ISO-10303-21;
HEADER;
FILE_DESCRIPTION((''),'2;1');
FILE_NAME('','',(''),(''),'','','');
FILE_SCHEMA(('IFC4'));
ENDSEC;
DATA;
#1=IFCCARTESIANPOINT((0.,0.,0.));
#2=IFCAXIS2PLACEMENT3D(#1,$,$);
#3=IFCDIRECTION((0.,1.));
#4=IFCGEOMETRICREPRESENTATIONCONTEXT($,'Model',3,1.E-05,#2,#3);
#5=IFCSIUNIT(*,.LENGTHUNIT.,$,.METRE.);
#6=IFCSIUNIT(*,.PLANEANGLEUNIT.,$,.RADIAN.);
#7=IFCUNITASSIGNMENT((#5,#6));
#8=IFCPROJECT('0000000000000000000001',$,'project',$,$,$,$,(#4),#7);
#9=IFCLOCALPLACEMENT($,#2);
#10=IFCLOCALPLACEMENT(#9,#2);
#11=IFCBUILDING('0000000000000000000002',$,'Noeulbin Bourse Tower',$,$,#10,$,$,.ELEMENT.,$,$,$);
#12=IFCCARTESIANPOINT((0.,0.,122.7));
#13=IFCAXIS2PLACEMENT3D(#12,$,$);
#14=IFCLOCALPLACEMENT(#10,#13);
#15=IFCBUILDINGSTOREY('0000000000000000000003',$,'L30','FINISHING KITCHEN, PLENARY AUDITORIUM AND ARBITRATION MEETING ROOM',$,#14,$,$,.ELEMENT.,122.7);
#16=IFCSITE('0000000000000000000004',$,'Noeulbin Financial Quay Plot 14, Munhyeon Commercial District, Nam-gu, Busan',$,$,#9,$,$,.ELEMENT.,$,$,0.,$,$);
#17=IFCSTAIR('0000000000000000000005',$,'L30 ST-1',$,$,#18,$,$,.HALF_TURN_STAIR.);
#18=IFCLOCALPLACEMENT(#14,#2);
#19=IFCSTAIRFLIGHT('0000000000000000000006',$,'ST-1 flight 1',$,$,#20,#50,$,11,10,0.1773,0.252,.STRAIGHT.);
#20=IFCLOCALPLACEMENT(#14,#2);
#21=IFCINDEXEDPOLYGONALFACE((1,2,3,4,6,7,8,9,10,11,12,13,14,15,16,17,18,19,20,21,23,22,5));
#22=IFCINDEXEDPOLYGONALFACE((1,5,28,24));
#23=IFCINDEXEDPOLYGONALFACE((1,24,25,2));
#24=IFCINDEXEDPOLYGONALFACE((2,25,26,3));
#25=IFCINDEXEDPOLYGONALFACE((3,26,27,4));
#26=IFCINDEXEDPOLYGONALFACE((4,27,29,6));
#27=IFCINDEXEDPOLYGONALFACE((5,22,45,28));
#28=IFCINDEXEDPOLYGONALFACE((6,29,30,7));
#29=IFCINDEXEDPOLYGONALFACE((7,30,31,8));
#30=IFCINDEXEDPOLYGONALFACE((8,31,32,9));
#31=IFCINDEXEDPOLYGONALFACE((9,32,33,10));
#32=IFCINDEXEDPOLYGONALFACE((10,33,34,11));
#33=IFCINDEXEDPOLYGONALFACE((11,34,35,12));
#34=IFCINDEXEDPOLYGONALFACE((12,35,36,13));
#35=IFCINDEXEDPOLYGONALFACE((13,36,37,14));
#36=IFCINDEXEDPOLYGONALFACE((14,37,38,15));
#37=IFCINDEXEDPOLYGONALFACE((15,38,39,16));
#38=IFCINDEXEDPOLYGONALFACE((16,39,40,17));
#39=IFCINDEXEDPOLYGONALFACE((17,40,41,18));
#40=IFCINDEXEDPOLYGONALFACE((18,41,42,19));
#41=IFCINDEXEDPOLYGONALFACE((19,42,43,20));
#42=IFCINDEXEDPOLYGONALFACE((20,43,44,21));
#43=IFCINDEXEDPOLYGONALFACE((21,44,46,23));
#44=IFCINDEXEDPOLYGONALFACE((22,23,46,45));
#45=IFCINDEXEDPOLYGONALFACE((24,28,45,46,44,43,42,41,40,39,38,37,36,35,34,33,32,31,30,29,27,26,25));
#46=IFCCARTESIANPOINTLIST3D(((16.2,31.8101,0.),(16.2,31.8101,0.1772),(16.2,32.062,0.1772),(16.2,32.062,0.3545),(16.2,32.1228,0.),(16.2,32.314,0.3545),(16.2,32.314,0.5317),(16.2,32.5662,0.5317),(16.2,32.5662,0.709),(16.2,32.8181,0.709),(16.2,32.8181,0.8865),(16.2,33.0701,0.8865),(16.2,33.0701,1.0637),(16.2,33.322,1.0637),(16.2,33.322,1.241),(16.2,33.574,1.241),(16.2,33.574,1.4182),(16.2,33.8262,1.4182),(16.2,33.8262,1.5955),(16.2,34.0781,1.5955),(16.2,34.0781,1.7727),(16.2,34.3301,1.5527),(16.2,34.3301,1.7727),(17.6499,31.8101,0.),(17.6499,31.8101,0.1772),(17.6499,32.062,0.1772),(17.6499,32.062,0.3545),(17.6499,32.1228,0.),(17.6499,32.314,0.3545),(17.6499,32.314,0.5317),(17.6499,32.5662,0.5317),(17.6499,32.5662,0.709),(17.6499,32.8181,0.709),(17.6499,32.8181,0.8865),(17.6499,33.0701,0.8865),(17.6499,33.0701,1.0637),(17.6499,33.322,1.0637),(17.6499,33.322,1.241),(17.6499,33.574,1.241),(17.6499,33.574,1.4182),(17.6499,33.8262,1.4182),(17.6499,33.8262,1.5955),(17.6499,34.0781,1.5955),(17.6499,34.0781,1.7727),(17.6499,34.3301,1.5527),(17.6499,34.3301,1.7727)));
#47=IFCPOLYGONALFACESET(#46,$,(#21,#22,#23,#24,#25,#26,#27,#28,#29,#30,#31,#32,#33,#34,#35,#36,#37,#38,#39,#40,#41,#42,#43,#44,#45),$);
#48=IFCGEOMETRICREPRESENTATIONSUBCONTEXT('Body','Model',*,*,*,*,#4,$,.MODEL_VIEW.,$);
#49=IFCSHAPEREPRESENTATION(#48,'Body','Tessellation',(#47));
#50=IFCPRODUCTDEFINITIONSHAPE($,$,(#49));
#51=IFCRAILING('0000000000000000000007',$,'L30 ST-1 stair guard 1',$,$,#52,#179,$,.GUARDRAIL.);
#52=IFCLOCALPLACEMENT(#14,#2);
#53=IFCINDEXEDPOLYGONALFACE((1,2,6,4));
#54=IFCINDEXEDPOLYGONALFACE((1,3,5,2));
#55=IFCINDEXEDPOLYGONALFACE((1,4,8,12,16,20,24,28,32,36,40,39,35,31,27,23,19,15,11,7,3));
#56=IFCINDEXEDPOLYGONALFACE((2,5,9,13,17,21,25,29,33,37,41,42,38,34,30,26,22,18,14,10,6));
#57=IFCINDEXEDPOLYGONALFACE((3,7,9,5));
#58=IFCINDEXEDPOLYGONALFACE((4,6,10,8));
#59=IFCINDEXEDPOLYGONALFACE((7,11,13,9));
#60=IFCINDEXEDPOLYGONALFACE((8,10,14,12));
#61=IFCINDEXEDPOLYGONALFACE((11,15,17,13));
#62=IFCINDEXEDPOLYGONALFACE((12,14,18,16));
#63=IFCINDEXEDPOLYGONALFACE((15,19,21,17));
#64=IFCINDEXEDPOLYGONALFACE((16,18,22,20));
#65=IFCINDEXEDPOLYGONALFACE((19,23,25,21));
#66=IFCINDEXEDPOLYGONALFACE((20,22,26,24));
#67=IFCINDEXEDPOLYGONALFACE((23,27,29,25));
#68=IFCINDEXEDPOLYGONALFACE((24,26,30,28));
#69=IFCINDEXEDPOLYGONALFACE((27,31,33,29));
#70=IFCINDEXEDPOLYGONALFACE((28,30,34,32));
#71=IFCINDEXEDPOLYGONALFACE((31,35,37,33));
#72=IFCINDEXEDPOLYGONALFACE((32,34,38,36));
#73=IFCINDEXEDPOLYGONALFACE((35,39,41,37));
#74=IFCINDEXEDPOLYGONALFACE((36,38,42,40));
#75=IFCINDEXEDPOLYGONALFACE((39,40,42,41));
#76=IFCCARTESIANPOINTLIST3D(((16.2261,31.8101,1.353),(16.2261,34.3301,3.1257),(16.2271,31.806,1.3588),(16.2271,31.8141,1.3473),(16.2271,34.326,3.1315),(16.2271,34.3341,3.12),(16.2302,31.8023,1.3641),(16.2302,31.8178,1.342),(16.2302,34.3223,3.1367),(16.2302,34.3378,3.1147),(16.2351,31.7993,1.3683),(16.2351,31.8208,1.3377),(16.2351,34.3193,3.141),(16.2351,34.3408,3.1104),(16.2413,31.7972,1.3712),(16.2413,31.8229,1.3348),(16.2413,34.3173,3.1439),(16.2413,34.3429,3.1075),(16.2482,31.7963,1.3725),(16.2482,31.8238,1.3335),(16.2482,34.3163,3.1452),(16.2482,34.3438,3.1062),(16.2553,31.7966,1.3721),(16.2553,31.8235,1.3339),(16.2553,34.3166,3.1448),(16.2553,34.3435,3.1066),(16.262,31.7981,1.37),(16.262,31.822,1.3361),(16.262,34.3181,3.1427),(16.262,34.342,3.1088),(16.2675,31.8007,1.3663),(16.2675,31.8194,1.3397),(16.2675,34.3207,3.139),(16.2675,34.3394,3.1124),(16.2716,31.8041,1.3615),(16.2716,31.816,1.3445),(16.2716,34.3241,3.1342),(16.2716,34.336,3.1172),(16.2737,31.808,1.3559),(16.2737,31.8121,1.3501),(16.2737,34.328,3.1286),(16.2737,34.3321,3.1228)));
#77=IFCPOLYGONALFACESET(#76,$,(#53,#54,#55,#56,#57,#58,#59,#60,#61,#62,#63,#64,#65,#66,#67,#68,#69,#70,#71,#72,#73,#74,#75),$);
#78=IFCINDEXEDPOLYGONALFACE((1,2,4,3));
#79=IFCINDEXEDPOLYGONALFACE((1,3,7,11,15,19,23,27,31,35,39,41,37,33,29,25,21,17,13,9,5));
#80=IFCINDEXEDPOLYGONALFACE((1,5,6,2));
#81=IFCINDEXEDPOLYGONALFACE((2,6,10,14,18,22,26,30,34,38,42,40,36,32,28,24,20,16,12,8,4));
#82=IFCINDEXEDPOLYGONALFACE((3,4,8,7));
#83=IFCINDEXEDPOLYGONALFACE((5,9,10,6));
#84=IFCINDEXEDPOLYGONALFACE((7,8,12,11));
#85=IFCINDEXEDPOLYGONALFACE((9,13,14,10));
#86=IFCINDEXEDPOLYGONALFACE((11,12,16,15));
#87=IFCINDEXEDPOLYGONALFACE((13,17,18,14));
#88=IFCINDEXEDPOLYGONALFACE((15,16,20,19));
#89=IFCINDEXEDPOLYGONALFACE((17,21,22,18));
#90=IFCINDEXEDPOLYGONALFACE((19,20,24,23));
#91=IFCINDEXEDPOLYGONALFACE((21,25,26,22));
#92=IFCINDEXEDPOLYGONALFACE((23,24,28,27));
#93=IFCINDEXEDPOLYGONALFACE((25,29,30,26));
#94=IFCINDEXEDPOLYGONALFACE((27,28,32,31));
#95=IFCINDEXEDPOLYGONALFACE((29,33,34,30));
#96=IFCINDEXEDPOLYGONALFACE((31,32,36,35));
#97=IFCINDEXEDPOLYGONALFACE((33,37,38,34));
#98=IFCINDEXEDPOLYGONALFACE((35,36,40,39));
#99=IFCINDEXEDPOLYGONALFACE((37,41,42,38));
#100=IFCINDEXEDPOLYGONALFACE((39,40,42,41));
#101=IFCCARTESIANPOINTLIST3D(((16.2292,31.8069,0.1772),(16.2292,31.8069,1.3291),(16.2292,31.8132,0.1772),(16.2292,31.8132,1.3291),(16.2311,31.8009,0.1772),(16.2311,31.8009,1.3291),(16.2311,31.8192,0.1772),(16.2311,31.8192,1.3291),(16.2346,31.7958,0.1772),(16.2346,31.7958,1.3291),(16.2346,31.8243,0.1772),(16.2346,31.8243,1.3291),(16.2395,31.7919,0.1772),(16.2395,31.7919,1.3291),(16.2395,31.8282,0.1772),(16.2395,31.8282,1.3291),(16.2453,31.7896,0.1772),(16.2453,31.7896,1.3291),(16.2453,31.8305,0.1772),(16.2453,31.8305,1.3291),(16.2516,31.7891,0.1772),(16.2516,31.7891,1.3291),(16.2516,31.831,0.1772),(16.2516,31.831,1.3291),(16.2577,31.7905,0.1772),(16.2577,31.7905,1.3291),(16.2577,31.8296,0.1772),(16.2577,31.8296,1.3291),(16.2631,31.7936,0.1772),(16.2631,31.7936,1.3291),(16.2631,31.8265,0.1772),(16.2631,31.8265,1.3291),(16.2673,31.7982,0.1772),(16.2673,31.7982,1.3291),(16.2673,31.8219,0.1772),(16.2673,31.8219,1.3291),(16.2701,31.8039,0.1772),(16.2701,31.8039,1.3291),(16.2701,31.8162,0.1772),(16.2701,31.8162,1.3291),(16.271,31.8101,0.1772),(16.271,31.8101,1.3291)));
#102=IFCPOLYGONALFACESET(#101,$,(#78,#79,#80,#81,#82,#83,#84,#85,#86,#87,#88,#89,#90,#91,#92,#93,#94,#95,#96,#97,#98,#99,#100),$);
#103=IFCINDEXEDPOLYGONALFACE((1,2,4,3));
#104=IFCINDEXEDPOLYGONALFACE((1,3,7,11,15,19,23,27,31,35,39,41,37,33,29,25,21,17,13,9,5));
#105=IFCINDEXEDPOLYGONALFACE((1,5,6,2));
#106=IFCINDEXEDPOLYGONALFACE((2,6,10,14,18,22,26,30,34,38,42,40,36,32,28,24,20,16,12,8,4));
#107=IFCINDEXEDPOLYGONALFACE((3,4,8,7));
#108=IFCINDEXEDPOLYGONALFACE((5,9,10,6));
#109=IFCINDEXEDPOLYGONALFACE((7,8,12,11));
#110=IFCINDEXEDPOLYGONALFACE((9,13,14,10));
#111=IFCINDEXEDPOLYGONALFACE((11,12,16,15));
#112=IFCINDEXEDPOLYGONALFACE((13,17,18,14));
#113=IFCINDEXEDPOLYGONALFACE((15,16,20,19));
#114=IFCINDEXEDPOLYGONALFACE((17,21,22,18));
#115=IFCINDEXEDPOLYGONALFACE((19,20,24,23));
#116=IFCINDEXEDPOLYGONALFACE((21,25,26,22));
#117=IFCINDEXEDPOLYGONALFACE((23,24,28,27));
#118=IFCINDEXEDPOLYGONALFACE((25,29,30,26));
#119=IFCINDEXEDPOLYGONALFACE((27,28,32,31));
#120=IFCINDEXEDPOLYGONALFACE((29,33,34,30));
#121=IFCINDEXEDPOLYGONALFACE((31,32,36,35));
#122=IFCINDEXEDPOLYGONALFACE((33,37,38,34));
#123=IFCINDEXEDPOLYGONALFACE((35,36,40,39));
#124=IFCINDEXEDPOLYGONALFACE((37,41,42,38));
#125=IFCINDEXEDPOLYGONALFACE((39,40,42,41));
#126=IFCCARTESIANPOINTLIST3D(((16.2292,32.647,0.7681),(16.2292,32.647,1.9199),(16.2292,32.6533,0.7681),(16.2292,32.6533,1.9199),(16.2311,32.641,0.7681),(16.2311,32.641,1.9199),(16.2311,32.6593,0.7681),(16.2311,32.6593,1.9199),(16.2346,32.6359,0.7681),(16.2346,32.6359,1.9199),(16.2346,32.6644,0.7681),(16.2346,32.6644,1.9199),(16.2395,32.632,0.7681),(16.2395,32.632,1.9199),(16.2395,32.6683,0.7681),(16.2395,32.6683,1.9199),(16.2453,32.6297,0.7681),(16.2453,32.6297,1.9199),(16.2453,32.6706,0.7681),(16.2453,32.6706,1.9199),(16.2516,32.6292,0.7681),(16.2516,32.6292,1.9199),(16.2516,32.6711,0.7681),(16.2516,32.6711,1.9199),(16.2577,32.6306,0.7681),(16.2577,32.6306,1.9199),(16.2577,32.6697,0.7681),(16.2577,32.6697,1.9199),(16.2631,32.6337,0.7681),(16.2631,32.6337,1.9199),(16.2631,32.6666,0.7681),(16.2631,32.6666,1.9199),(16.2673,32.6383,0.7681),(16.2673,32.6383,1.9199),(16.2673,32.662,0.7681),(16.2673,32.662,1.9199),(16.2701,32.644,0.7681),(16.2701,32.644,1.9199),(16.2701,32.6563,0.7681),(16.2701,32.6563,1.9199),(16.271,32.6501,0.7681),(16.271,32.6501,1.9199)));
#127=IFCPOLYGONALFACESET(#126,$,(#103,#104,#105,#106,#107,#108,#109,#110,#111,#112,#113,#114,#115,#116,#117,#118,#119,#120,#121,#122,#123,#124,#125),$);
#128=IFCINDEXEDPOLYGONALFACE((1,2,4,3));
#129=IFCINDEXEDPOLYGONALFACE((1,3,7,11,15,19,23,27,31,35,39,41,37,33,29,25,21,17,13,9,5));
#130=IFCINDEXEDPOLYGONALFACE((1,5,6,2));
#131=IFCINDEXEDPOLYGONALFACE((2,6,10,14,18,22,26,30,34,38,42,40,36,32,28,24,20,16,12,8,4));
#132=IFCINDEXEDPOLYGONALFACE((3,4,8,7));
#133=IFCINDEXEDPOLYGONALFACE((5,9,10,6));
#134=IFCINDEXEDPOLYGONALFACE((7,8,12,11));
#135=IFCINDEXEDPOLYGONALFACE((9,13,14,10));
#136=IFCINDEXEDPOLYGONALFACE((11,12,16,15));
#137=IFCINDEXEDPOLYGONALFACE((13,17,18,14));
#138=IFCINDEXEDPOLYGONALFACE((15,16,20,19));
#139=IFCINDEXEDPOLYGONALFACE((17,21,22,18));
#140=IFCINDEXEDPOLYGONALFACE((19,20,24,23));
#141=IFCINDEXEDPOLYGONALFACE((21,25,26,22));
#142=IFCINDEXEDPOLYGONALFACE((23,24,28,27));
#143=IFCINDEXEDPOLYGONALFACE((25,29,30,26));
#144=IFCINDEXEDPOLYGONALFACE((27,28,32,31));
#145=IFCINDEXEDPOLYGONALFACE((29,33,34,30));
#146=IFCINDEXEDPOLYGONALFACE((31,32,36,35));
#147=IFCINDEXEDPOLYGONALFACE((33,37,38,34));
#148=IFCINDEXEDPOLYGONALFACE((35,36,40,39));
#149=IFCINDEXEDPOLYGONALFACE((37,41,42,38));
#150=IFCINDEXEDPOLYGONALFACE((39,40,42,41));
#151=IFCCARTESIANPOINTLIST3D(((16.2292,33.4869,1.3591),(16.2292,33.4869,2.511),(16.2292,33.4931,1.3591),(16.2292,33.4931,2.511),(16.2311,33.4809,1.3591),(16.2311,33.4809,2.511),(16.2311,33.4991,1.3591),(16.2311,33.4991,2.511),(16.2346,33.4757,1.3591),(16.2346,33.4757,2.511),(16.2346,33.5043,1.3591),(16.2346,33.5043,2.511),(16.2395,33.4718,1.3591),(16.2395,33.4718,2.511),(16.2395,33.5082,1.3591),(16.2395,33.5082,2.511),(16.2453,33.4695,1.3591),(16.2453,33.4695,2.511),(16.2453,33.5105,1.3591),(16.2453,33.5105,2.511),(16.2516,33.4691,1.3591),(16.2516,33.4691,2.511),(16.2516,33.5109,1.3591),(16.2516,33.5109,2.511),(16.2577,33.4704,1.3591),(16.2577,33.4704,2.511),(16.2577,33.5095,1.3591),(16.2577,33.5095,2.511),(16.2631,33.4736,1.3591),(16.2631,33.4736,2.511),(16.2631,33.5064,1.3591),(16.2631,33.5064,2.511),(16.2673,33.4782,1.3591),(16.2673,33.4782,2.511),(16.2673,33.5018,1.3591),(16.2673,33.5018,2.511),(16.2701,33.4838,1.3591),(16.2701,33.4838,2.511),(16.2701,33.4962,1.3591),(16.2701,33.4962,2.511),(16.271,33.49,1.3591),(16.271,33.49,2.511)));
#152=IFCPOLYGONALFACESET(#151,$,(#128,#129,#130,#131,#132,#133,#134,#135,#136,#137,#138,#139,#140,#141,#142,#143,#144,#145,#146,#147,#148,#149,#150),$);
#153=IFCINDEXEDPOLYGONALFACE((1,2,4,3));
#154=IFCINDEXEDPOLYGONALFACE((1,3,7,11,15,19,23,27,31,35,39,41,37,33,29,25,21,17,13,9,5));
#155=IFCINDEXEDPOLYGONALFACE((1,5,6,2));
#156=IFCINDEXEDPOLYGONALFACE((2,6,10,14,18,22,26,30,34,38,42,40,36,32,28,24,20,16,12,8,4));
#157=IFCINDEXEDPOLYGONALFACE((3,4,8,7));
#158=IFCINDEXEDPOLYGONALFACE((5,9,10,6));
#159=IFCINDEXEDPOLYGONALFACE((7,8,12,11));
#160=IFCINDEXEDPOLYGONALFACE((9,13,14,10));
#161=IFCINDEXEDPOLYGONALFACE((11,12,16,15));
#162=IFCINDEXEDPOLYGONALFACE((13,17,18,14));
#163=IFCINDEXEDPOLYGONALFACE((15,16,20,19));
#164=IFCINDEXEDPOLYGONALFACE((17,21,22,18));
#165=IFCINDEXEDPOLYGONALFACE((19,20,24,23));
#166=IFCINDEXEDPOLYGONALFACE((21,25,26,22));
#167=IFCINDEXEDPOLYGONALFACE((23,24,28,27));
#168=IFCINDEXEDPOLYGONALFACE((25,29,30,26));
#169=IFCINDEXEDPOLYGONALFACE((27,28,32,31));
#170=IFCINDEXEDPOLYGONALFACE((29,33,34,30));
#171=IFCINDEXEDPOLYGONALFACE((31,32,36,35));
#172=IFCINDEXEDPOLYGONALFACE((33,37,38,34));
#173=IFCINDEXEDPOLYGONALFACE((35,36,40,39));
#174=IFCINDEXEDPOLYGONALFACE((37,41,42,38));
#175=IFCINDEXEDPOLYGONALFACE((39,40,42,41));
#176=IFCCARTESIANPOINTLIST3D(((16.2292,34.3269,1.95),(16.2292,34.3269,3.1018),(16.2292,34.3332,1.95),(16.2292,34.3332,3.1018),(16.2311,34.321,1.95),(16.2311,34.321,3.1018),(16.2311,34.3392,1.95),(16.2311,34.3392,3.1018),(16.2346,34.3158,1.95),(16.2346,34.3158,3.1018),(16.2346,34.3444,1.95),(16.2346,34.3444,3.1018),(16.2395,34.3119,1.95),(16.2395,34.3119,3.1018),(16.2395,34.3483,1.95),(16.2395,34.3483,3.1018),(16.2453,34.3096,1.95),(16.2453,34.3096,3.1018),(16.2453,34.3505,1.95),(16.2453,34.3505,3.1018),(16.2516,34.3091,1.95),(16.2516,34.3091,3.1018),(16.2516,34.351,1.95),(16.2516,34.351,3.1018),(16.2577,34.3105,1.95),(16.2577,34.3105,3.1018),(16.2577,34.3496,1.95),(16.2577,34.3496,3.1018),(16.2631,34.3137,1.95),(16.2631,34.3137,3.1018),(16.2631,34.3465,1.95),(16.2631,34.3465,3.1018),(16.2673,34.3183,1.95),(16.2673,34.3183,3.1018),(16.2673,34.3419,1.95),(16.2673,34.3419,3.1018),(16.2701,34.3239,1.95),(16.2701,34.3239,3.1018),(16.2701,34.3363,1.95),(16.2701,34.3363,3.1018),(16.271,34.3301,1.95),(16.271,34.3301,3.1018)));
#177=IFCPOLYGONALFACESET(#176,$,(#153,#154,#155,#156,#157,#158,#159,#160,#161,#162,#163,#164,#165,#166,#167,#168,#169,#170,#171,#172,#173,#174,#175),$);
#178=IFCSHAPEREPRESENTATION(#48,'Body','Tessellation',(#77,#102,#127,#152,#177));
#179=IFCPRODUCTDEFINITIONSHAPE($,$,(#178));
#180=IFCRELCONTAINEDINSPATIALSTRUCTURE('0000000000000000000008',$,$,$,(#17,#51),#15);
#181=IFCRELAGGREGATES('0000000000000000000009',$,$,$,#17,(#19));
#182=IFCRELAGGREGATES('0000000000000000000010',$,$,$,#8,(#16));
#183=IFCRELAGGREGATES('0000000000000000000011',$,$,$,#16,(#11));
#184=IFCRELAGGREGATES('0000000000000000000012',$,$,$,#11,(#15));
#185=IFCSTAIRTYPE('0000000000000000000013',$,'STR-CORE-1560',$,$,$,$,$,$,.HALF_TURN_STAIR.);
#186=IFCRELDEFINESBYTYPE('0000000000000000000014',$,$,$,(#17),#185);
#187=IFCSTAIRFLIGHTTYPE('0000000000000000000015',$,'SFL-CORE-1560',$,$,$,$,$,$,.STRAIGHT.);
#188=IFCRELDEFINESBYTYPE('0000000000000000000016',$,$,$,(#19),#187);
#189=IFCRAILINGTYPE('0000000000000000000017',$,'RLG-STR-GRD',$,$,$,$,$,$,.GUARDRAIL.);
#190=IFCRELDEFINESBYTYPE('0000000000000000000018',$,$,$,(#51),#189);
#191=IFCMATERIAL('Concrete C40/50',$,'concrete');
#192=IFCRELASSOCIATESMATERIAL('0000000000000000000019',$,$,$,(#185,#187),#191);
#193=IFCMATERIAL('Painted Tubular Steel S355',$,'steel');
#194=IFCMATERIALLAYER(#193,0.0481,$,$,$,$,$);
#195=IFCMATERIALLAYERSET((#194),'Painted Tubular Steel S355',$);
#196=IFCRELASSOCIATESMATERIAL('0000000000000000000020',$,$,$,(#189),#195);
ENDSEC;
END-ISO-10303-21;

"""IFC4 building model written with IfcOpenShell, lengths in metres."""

from ifc_helpers import new_model, si_unit, direction, frame, origin, origin_2d, place, context, subcontext, project, spatial, polyline, circle, outline, extrude, material, layer, layer_set, type_object, element, aggregate, save


model = new_model("IFC4")

# Units and contexts
model_context = context("Model", 3, precision=1e-05, world=origin(), true_north=direction((0.0, 1.0)))
body_context = subcontext(model_context, "Body", "Model", "MODEL_VIEW")
ifc_project = project(units=[si_unit("LENGTHUNIT", "METRE"), si_unit("PLANEANGLEUNIT", "RADIAN")], contexts=[model_context])

# Site, building, storey
site_placement = place(None, origin())
site = spatial("IfcSite", under=ifc_project, at=site_placement, Name="Noeulbin Financial Quay Plot 14, Munhyeon Commercial District, Nam-gu, Busan", CompositionType="ELEMENT", RefElevation=0.0)
building_placement = place(site_placement, origin())
building = spatial("IfcBuilding", under=site, at=building_placement, Name="Noeulbin Bourse Tower", CompositionType="ELEMENT")
storey_placement = place(building_placement, frame((0.0, 0.0, 122.7)))
storey = spatial("IfcBuildingStorey", under=building, at=storey_placement, Name="L30", Description="FINISHING KITCHEN, PLENARY AUDITORIUM AND ARBITRATION MEETING ROOM", CompositionType="ELEMENT", Elevation=122.7)

# Shared definitions
ifc_material_1 = material(Name="Concrete C40/50", Category="concrete")

# Stair, stair flight
stair_type = type_object("IfcStairType", Name="STR-CORE-1560", PredefinedType="HALF_TURN_STAIR", material=ifc_material_1)
stair_placement = place(storey_placement, origin())
stair = element("IfcStair", 1, at=stair_placement, inside=storey, type_object=stair_type, Name="L30 ST-1", PredefinedType="HALF_TURN_STAIR")
stair_flight_type = type_object("IfcStairFlightType", Name="SFL-CORE-1560", PredefinedType="STRAIGHT", material=ifc_material_1)
stair_flight_placement = place(storey_placement, frame((16.925, 31.8101, 0.0), z_axis=(0.0, 0.0, 1.0), x_axis=(0.0, 1.0, 0.0)))
stair_flight = element("IfcStairFlight", 2, at=stair_flight_placement, type_object=stair_flight_type, Name="ST-1 flight 1", NumberOfRisers=11, NumberOfTreads=10, PredefinedType="STRAIGHT", RiserHeight=0.1773, TreadLength=0.252, context=body_context, shape_type="SweptSolid", body=[
    extrude(outline(polyline([(0.0, 0.0), (0.0, 0.1772), (0.252, 0.1772), (0.252, 0.3545), (0.5039, 0.3545), (0.5039, 0.5317), (0.7561, 0.5317), (0.7561, 0.709), (1.0081, 0.709), (1.0081, 0.8865), (1.26, 0.8865), (1.26, 1.0637), (1.512, 1.0637), (1.512, 1.241), (1.7639, 1.241), (1.7639, 1.4182), (2.0161, 1.4182), (2.0161, 1.5955), (2.2681, 1.5955), (2.2681, 1.7727), (2.52, 1.7727), (2.52, 1.95), (2.52, 1.5527), (0.3127, 0.0), (0.0, 0.0)])), frame((0.0, 0.7251, 0.0), z_axis=(0.0, -1.0, 0.0), x_axis=(1.0, 0.0, 0.0)), (0.0, 0.0, 1.0), 1.45),
])
aggregate(stair, [stair_flight])

# Railing
ifc_material_2 = material(Name="Painted Tubular Steel S355", Category="steel")
ifc_layer_1 = layer(ifc_material_2, 0.0481)
ifc_layer_set_1 = layer_set([ifc_layer_1], Name="Painted Tubular Steel S355")
railing_type_1 = type_object("IfcRailingType", Name="RLG-STR-GRD", PredefinedType="GUARDRAIL", material=ifc_layer_set_1)
railing_1_placement = place(storey_placement, frame((16.25, 31.8101, 0.1772)))
element("IfcRailing", 3, at=railing_1_placement, inside=storey, type_object=railing_type_1, Name="L30 ST-1 stair guard 1", PredefinedType="GUARDRAIL", context=body_context, shape_type="SweptSolid", body=[
    extrude(circle(Radius=0.0239, at=origin_2d()), frame((0.0, 0.0, 1.1758), z_axis=(0.0, 0.817904, 0.575354), x_axis=(-1.0, 0.0, 0.0)), (0.0, 0.0, 1.0), 3.0811),
    extrude(circle(Radius=0.021, at=origin_2d()), origin(), (0.0, 0.0, 1.0), 1.1519),
    extrude(circle(Radius=0.021, at=origin_2d()), frame((0.0, 0.8401, 0.5908)), (0.0, 0.0, 1.0), 1.1519),
    extrude(circle(Radius=0.021, at=origin_2d()), frame((0.0, 1.6799, 1.1819)), (0.0, 0.0, 1.0), 1.1519),
    extrude(circle(Radius=0.021, at=origin_2d()), frame((0.0, 2.52, 1.7727)), (0.0, 0.0, 1.0), 1.1519),
])

save(model, "model.ifc")
